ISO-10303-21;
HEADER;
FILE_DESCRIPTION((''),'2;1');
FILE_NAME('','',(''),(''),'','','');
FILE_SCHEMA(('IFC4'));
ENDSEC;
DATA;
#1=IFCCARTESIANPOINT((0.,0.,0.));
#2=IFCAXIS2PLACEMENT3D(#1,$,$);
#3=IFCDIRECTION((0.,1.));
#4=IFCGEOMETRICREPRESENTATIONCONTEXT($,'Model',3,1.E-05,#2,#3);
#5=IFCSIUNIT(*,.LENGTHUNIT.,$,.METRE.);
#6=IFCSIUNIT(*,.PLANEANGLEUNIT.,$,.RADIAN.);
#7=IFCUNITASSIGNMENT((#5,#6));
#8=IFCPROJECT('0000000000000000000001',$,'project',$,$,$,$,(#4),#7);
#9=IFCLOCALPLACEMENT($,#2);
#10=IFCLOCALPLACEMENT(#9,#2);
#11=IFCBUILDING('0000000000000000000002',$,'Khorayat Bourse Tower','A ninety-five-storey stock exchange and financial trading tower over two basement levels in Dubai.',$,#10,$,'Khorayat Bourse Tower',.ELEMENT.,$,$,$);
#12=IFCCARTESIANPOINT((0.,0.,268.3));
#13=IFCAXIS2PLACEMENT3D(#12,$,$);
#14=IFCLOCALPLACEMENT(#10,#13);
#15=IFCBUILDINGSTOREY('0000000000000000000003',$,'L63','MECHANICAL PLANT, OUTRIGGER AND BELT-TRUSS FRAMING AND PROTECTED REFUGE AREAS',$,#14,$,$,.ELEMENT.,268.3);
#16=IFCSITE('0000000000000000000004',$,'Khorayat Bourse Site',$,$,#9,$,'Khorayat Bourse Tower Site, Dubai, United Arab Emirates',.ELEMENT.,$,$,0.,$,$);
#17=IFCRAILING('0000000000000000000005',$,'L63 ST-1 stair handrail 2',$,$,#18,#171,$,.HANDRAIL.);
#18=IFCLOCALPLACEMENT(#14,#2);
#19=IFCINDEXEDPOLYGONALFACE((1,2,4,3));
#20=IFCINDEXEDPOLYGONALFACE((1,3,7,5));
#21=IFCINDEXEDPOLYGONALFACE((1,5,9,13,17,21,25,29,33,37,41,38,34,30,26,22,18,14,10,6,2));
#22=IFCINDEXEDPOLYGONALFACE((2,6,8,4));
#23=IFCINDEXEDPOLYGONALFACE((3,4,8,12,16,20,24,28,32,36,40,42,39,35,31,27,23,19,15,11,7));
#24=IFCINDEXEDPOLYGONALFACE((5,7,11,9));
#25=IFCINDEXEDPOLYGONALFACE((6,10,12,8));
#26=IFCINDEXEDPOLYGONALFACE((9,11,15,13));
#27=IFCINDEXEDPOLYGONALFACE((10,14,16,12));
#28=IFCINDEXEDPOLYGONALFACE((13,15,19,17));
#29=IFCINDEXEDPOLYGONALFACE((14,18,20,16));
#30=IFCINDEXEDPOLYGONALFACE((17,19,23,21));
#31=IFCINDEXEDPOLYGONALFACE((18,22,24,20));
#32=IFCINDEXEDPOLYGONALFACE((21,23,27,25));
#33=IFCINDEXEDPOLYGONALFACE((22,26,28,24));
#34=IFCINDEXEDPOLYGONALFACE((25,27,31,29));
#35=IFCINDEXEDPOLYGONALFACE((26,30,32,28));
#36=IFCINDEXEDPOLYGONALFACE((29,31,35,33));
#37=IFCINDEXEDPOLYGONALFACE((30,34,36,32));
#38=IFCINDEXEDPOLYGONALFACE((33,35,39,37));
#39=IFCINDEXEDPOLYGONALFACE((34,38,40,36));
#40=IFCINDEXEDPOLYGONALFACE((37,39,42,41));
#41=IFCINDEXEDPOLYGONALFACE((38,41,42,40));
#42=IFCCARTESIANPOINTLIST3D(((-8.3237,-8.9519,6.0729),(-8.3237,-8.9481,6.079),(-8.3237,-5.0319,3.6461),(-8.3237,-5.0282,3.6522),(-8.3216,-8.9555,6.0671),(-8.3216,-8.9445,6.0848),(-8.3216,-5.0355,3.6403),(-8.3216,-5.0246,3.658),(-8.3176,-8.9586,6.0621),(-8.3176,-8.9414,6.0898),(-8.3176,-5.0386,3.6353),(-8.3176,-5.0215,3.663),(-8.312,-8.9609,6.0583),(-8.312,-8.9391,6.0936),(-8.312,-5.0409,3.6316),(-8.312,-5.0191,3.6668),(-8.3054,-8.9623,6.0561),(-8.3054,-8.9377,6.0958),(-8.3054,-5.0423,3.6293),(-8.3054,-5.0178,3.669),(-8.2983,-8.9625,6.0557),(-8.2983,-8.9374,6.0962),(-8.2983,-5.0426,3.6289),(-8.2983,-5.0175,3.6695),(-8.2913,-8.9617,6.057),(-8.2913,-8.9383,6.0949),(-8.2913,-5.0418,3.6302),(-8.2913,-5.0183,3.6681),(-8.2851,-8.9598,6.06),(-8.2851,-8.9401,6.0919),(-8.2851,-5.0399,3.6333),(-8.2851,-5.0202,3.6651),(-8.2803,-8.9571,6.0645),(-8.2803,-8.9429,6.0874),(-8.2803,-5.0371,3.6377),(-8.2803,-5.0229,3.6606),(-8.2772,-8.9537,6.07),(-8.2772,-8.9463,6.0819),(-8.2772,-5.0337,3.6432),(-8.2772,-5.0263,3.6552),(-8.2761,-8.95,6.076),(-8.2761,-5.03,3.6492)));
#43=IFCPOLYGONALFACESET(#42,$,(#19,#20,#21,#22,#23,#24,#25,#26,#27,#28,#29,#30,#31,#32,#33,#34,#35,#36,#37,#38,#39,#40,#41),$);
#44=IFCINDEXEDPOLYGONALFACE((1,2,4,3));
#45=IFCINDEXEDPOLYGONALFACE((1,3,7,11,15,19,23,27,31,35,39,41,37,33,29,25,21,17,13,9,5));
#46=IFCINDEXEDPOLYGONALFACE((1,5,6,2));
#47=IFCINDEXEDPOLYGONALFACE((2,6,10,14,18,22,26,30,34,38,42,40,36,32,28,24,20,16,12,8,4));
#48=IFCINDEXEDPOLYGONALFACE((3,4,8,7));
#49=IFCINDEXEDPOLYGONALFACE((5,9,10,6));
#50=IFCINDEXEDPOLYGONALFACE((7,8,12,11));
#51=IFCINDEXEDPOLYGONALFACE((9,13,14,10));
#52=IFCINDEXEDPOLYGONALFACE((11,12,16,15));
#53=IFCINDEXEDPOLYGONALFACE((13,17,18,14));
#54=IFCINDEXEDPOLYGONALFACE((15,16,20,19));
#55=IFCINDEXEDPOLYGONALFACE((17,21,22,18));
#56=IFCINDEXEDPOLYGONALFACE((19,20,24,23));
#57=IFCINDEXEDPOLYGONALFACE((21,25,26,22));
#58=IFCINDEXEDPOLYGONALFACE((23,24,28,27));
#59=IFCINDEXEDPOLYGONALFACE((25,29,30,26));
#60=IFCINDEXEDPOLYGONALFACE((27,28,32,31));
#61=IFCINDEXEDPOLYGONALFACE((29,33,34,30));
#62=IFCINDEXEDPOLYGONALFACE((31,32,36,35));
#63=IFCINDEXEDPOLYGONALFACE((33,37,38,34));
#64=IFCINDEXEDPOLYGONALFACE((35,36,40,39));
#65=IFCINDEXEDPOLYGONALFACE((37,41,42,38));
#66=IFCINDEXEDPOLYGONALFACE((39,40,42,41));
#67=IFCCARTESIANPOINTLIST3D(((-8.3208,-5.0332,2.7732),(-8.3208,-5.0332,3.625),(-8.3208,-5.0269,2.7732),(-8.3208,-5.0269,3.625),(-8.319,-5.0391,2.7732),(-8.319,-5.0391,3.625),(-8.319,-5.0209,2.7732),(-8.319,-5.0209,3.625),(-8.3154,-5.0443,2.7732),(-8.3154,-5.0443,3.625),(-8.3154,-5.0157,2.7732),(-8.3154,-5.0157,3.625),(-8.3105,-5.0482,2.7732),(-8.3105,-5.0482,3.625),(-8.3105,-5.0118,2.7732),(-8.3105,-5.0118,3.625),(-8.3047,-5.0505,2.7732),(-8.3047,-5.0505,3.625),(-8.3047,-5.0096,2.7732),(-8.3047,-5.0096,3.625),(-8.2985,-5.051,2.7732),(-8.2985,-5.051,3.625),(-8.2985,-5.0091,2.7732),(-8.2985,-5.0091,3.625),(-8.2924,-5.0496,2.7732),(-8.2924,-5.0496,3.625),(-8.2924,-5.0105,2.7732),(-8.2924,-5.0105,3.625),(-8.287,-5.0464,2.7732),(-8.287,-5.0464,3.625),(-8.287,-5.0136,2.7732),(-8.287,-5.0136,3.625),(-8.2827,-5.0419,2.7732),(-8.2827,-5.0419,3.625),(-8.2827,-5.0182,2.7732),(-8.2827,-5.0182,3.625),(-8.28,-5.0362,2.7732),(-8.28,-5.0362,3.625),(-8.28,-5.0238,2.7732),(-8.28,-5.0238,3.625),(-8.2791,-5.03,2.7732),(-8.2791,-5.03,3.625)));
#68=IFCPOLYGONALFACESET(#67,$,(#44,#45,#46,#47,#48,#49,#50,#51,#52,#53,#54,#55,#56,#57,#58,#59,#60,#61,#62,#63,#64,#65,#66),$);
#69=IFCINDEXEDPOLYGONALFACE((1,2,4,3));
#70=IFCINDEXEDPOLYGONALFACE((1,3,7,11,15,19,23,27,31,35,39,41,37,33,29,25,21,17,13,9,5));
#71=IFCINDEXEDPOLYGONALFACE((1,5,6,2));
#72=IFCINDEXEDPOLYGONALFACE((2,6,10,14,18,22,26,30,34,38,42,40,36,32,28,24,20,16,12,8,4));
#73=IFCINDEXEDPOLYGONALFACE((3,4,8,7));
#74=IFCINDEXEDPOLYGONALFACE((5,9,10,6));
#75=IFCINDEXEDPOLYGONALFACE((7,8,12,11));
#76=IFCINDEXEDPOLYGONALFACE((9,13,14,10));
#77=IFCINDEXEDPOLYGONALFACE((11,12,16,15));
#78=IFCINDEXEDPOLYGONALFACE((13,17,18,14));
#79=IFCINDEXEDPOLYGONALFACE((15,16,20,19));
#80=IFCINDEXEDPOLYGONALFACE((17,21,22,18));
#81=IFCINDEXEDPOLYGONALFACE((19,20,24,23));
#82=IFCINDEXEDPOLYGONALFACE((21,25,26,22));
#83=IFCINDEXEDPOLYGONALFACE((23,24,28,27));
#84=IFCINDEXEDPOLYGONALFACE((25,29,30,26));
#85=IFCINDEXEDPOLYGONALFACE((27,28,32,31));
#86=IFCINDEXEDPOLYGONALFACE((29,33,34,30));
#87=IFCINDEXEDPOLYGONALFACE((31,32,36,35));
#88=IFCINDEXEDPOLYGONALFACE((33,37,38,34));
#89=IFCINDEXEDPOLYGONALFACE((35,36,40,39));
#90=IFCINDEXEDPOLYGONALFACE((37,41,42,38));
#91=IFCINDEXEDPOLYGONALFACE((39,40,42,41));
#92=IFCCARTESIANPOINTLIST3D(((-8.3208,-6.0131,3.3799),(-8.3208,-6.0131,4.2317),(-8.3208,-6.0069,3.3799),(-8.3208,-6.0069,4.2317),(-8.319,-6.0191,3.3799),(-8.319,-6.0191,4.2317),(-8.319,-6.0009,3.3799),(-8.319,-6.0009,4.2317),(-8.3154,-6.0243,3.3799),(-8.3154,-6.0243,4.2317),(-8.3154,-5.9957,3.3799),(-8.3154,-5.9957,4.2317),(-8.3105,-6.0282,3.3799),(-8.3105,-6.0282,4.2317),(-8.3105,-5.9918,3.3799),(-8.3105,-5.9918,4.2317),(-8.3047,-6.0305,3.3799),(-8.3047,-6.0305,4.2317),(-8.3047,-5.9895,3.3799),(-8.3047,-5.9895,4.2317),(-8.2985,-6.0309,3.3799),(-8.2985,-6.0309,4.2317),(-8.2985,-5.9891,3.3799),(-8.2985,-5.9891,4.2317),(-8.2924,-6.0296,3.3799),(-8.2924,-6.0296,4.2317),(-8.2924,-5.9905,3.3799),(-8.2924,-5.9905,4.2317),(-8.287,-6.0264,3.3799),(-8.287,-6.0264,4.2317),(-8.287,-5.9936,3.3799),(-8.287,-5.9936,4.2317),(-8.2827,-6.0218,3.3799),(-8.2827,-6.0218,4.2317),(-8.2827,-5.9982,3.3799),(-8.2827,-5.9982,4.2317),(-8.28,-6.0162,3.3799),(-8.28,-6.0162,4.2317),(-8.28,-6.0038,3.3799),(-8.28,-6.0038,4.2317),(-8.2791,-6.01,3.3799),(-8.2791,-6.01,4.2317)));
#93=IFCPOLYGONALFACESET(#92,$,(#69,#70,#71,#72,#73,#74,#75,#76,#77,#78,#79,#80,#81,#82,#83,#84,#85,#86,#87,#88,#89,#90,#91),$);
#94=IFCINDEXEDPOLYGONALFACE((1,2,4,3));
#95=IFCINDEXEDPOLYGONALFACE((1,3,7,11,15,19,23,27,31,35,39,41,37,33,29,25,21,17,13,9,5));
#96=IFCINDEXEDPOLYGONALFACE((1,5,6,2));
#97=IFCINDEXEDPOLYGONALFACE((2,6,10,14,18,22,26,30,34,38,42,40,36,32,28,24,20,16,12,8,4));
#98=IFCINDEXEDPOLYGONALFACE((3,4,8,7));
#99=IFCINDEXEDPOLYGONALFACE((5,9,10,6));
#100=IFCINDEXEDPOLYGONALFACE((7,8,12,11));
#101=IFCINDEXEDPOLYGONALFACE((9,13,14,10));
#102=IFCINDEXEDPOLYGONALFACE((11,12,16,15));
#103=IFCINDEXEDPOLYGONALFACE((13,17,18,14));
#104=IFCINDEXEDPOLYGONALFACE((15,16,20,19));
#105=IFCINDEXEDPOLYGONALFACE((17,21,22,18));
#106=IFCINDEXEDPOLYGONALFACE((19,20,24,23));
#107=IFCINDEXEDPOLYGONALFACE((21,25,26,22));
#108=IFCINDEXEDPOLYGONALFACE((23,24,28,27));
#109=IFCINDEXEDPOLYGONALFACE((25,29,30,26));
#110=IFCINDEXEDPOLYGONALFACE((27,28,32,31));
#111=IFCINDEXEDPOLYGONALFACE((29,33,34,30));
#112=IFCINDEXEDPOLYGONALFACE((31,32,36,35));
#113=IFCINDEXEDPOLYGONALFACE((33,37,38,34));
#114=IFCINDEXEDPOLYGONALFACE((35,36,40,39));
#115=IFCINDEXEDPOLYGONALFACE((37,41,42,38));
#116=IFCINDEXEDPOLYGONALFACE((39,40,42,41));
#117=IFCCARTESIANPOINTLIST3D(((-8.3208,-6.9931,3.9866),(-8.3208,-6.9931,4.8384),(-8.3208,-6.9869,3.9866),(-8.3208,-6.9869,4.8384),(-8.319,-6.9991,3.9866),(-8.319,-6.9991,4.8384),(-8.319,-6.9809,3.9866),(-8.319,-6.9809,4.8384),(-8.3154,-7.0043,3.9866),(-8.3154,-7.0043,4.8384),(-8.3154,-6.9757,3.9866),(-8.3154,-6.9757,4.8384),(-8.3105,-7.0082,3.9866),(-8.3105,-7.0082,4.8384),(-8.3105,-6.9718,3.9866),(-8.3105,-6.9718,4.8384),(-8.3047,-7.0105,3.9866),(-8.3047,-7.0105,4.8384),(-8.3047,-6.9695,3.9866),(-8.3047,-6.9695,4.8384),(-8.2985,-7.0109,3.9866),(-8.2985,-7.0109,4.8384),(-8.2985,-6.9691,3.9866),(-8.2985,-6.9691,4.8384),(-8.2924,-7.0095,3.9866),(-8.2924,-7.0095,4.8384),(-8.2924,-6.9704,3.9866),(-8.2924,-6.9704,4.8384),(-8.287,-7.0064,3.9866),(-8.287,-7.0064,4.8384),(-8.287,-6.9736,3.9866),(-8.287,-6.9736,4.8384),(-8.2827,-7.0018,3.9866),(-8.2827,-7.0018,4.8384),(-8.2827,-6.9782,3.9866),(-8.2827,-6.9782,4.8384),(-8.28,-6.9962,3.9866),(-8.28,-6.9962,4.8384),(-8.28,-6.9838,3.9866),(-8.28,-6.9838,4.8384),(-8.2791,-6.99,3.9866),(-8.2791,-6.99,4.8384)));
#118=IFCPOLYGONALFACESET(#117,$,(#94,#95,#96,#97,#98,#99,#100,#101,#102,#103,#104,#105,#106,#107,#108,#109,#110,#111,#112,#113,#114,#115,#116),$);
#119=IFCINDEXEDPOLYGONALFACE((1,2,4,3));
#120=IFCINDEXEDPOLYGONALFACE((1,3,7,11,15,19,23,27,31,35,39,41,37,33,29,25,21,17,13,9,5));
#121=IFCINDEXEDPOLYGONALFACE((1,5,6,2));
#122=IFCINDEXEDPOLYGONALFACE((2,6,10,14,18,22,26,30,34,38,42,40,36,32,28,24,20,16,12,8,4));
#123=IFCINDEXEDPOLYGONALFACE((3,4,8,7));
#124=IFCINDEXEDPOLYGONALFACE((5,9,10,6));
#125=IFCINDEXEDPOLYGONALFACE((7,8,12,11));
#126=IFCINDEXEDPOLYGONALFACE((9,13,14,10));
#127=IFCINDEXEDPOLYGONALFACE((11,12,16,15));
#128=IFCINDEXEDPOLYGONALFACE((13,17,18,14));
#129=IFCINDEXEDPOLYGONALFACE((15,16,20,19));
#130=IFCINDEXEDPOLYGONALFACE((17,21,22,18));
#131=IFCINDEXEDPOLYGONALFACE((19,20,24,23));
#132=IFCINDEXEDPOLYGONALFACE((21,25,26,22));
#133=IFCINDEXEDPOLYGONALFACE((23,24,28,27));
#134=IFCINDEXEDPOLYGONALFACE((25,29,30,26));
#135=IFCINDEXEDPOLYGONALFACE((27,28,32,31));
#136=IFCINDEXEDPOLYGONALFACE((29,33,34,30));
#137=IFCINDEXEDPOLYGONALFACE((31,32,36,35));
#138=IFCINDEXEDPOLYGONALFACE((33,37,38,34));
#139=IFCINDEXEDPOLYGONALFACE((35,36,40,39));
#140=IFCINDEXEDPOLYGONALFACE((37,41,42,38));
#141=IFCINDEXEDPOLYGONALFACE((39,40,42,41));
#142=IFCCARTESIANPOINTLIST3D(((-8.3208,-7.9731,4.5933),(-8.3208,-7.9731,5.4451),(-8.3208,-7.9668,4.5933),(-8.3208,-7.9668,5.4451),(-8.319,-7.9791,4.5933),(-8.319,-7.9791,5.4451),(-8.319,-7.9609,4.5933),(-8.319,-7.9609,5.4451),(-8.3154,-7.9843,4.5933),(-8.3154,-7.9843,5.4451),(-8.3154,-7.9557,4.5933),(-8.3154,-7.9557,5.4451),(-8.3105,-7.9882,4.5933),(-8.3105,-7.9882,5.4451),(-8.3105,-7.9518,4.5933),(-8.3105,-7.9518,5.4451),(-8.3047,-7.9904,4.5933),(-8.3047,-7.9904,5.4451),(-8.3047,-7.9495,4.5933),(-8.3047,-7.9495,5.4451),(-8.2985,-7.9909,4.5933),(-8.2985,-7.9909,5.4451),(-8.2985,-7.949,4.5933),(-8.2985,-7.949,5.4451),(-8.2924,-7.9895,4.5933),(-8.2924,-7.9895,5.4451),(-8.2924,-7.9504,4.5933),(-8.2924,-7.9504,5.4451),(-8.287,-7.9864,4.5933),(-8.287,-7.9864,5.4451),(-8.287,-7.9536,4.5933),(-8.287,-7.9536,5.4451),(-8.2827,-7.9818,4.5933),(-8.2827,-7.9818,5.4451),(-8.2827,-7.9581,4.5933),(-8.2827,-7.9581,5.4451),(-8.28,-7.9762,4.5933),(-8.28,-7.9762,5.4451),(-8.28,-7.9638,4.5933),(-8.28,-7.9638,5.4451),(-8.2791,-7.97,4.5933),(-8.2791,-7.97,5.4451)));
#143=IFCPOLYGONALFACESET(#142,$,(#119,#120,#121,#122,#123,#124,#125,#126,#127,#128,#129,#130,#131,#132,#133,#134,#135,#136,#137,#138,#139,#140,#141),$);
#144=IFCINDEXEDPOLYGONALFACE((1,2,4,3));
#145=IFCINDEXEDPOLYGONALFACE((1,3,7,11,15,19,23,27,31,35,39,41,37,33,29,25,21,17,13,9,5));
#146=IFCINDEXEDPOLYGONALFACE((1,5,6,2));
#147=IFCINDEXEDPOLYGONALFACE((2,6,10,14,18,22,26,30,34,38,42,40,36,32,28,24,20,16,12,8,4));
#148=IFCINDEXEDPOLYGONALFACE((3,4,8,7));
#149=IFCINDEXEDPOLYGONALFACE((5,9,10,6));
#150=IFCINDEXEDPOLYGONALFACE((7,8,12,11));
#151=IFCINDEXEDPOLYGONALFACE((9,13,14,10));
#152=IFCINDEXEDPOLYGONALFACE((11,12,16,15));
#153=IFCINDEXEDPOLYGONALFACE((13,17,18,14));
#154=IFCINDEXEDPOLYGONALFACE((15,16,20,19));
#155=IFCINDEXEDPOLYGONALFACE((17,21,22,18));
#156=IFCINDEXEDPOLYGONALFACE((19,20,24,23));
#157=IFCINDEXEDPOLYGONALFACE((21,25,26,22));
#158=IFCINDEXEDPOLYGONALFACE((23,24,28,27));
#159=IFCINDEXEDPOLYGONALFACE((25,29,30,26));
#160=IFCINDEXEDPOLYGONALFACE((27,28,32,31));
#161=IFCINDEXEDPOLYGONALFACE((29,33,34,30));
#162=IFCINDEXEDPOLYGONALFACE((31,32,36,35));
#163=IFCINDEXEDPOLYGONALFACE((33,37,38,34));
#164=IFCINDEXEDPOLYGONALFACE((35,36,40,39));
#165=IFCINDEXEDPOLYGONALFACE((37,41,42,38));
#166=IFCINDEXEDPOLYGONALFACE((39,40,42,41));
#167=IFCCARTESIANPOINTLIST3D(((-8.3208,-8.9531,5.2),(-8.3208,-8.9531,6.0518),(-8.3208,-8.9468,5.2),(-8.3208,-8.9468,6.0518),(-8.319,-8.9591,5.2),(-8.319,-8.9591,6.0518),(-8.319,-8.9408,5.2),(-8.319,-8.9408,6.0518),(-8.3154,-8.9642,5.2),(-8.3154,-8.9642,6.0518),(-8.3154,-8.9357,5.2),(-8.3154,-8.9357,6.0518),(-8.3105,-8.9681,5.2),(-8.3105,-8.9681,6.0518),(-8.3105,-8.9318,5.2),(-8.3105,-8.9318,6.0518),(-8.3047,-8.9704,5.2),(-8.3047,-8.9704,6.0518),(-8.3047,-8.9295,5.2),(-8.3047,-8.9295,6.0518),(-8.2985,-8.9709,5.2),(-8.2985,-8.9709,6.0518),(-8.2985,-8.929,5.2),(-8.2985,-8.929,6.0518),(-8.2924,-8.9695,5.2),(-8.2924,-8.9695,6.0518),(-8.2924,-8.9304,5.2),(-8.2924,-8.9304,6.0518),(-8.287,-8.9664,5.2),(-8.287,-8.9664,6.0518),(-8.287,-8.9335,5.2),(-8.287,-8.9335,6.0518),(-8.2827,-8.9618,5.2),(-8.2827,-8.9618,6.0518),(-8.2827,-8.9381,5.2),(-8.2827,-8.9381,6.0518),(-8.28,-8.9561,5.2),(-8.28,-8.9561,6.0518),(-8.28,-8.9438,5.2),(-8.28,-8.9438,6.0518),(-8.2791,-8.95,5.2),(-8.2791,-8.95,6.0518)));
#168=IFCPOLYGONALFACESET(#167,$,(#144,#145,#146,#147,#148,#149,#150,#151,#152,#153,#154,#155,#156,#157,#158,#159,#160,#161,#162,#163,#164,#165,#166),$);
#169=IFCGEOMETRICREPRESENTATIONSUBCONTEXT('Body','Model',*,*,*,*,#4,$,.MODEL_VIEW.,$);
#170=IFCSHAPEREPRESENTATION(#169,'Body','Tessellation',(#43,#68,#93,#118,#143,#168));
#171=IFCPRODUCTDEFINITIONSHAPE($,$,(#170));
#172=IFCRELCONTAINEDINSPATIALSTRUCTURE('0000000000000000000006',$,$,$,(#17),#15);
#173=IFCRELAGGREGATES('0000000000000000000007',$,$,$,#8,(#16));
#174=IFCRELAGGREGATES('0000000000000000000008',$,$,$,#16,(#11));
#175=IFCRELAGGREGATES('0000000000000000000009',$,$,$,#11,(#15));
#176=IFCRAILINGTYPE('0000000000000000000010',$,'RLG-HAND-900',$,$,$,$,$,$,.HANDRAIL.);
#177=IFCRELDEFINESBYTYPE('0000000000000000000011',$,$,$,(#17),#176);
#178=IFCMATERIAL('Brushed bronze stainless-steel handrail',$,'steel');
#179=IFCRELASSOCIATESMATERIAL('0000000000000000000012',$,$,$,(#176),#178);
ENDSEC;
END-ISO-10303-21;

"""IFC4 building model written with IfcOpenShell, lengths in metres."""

from ifc_helpers import new_model, si_unit, direction, frame, origin, origin_2d, place, context, subcontext, project, spatial, circle, extrude, source, transform, mapped, material, type_object, element, save


model = new_model("IFC4")

# Units and contexts
model_context = context("Model", 3, precision=1e-05, world=origin(), true_north=direction((0.0, 1.0)))
body_context = subcontext(model_context, "Body", "Model", "MODEL_VIEW")
ifc_project = project(units=[si_unit("LENGTHUNIT", "METRE"), si_unit("PLANEANGLEUNIT", "RADIAN")], contexts=[model_context])

# Site, building, storey
site_placement = place(None, origin())
site = spatial("IfcSite", under=ifc_project, at=site_placement, Name="Khorayat Bourse Site", LongName="Khorayat Bourse Tower Site, Dubai, United Arab Emirates", CompositionType="ELEMENT", RefElevation=0.0)
building_placement = place(site_placement, origin())
building = spatial("IfcBuilding", under=site, at=building_placement, Name="Khorayat Bourse Tower", Description="A ninety-five-storey stock exchange and financial trading tower over two basement levels in Dubai.", LongName="Khorayat Bourse Tower", CompositionType="ELEMENT")
storey_placement = place(building_placement, frame((0.0, 0.0, 268.3)))
storey = spatial("IfcBuildingStorey", under=building, at=storey_placement, Name="L63", Description="MECHANICAL PLANT, OUTRIGGER AND BELT-TRUSS FRAMING AND PROTECTED REFUGE AREAS", CompositionType="ELEMENT", Elevation=268.3)

# Railing
ifc_material_1 = material(Name="Brushed bronze stainless-steel handrail", Category="steel")
railing_type_1 = type_object("IfcRailingType", Name="RLG-HAND-900", PredefinedType="HANDRAIL", material=ifc_material_1)
shared_shape_1 = source(origin(), body_context, "Body", "SweptSolid", [
    extrude(circle(Radius=0.0239, at=origin_2d()), frame((0.0, 0.0, 0.876), z_axis=(0.0, -0.850252, 0.526376), x_axis=(1.0, 0.0, 0.0)), (0.0, 0.0, 1.0), 4.6104),
    extrude(circle(Radius=0.021, at=origin_2d()), origin(), (0.0, 0.0, 1.0), 0.8518),
    extrude(circle(Radius=0.021, at=origin_2d()), frame((0.0, -0.98, 0.6067)), (0.0, 0.0, 1.0), 0.8518),
    extrude(circle(Radius=0.021, at=origin_2d()), frame((0.0, -1.96, 1.2134)), (0.0, 0.0, 1.0), 0.8518),
    extrude(circle(Radius=0.021, at=origin_2d()), frame((0.0, -2.9399, 1.8201)), (0.0, 0.0, 1.0), 0.8518),
    extrude(circle(Radius=0.021, at=origin_2d()), frame((0.0, -3.9199, 2.4268)), (0.0, 0.0, 1.0), 0.8518),
])
railing_1_placement = place(storey_placement, frame((-8.3, -5.03, 2.7732)))
element("IfcRailing", 1, at=railing_1_placement, inside=storey, type_object=railing_type_1, Name="L63 ST-1 stair handrail 2", PredefinedType="HANDRAIL", context=body_context, shape_type="MappedRepresentation", body=[
    mapped(shared_shape_1, transform((0.0, 0.0, 0.0), scale=1.0)),
])

save(model, "model.ifc")
